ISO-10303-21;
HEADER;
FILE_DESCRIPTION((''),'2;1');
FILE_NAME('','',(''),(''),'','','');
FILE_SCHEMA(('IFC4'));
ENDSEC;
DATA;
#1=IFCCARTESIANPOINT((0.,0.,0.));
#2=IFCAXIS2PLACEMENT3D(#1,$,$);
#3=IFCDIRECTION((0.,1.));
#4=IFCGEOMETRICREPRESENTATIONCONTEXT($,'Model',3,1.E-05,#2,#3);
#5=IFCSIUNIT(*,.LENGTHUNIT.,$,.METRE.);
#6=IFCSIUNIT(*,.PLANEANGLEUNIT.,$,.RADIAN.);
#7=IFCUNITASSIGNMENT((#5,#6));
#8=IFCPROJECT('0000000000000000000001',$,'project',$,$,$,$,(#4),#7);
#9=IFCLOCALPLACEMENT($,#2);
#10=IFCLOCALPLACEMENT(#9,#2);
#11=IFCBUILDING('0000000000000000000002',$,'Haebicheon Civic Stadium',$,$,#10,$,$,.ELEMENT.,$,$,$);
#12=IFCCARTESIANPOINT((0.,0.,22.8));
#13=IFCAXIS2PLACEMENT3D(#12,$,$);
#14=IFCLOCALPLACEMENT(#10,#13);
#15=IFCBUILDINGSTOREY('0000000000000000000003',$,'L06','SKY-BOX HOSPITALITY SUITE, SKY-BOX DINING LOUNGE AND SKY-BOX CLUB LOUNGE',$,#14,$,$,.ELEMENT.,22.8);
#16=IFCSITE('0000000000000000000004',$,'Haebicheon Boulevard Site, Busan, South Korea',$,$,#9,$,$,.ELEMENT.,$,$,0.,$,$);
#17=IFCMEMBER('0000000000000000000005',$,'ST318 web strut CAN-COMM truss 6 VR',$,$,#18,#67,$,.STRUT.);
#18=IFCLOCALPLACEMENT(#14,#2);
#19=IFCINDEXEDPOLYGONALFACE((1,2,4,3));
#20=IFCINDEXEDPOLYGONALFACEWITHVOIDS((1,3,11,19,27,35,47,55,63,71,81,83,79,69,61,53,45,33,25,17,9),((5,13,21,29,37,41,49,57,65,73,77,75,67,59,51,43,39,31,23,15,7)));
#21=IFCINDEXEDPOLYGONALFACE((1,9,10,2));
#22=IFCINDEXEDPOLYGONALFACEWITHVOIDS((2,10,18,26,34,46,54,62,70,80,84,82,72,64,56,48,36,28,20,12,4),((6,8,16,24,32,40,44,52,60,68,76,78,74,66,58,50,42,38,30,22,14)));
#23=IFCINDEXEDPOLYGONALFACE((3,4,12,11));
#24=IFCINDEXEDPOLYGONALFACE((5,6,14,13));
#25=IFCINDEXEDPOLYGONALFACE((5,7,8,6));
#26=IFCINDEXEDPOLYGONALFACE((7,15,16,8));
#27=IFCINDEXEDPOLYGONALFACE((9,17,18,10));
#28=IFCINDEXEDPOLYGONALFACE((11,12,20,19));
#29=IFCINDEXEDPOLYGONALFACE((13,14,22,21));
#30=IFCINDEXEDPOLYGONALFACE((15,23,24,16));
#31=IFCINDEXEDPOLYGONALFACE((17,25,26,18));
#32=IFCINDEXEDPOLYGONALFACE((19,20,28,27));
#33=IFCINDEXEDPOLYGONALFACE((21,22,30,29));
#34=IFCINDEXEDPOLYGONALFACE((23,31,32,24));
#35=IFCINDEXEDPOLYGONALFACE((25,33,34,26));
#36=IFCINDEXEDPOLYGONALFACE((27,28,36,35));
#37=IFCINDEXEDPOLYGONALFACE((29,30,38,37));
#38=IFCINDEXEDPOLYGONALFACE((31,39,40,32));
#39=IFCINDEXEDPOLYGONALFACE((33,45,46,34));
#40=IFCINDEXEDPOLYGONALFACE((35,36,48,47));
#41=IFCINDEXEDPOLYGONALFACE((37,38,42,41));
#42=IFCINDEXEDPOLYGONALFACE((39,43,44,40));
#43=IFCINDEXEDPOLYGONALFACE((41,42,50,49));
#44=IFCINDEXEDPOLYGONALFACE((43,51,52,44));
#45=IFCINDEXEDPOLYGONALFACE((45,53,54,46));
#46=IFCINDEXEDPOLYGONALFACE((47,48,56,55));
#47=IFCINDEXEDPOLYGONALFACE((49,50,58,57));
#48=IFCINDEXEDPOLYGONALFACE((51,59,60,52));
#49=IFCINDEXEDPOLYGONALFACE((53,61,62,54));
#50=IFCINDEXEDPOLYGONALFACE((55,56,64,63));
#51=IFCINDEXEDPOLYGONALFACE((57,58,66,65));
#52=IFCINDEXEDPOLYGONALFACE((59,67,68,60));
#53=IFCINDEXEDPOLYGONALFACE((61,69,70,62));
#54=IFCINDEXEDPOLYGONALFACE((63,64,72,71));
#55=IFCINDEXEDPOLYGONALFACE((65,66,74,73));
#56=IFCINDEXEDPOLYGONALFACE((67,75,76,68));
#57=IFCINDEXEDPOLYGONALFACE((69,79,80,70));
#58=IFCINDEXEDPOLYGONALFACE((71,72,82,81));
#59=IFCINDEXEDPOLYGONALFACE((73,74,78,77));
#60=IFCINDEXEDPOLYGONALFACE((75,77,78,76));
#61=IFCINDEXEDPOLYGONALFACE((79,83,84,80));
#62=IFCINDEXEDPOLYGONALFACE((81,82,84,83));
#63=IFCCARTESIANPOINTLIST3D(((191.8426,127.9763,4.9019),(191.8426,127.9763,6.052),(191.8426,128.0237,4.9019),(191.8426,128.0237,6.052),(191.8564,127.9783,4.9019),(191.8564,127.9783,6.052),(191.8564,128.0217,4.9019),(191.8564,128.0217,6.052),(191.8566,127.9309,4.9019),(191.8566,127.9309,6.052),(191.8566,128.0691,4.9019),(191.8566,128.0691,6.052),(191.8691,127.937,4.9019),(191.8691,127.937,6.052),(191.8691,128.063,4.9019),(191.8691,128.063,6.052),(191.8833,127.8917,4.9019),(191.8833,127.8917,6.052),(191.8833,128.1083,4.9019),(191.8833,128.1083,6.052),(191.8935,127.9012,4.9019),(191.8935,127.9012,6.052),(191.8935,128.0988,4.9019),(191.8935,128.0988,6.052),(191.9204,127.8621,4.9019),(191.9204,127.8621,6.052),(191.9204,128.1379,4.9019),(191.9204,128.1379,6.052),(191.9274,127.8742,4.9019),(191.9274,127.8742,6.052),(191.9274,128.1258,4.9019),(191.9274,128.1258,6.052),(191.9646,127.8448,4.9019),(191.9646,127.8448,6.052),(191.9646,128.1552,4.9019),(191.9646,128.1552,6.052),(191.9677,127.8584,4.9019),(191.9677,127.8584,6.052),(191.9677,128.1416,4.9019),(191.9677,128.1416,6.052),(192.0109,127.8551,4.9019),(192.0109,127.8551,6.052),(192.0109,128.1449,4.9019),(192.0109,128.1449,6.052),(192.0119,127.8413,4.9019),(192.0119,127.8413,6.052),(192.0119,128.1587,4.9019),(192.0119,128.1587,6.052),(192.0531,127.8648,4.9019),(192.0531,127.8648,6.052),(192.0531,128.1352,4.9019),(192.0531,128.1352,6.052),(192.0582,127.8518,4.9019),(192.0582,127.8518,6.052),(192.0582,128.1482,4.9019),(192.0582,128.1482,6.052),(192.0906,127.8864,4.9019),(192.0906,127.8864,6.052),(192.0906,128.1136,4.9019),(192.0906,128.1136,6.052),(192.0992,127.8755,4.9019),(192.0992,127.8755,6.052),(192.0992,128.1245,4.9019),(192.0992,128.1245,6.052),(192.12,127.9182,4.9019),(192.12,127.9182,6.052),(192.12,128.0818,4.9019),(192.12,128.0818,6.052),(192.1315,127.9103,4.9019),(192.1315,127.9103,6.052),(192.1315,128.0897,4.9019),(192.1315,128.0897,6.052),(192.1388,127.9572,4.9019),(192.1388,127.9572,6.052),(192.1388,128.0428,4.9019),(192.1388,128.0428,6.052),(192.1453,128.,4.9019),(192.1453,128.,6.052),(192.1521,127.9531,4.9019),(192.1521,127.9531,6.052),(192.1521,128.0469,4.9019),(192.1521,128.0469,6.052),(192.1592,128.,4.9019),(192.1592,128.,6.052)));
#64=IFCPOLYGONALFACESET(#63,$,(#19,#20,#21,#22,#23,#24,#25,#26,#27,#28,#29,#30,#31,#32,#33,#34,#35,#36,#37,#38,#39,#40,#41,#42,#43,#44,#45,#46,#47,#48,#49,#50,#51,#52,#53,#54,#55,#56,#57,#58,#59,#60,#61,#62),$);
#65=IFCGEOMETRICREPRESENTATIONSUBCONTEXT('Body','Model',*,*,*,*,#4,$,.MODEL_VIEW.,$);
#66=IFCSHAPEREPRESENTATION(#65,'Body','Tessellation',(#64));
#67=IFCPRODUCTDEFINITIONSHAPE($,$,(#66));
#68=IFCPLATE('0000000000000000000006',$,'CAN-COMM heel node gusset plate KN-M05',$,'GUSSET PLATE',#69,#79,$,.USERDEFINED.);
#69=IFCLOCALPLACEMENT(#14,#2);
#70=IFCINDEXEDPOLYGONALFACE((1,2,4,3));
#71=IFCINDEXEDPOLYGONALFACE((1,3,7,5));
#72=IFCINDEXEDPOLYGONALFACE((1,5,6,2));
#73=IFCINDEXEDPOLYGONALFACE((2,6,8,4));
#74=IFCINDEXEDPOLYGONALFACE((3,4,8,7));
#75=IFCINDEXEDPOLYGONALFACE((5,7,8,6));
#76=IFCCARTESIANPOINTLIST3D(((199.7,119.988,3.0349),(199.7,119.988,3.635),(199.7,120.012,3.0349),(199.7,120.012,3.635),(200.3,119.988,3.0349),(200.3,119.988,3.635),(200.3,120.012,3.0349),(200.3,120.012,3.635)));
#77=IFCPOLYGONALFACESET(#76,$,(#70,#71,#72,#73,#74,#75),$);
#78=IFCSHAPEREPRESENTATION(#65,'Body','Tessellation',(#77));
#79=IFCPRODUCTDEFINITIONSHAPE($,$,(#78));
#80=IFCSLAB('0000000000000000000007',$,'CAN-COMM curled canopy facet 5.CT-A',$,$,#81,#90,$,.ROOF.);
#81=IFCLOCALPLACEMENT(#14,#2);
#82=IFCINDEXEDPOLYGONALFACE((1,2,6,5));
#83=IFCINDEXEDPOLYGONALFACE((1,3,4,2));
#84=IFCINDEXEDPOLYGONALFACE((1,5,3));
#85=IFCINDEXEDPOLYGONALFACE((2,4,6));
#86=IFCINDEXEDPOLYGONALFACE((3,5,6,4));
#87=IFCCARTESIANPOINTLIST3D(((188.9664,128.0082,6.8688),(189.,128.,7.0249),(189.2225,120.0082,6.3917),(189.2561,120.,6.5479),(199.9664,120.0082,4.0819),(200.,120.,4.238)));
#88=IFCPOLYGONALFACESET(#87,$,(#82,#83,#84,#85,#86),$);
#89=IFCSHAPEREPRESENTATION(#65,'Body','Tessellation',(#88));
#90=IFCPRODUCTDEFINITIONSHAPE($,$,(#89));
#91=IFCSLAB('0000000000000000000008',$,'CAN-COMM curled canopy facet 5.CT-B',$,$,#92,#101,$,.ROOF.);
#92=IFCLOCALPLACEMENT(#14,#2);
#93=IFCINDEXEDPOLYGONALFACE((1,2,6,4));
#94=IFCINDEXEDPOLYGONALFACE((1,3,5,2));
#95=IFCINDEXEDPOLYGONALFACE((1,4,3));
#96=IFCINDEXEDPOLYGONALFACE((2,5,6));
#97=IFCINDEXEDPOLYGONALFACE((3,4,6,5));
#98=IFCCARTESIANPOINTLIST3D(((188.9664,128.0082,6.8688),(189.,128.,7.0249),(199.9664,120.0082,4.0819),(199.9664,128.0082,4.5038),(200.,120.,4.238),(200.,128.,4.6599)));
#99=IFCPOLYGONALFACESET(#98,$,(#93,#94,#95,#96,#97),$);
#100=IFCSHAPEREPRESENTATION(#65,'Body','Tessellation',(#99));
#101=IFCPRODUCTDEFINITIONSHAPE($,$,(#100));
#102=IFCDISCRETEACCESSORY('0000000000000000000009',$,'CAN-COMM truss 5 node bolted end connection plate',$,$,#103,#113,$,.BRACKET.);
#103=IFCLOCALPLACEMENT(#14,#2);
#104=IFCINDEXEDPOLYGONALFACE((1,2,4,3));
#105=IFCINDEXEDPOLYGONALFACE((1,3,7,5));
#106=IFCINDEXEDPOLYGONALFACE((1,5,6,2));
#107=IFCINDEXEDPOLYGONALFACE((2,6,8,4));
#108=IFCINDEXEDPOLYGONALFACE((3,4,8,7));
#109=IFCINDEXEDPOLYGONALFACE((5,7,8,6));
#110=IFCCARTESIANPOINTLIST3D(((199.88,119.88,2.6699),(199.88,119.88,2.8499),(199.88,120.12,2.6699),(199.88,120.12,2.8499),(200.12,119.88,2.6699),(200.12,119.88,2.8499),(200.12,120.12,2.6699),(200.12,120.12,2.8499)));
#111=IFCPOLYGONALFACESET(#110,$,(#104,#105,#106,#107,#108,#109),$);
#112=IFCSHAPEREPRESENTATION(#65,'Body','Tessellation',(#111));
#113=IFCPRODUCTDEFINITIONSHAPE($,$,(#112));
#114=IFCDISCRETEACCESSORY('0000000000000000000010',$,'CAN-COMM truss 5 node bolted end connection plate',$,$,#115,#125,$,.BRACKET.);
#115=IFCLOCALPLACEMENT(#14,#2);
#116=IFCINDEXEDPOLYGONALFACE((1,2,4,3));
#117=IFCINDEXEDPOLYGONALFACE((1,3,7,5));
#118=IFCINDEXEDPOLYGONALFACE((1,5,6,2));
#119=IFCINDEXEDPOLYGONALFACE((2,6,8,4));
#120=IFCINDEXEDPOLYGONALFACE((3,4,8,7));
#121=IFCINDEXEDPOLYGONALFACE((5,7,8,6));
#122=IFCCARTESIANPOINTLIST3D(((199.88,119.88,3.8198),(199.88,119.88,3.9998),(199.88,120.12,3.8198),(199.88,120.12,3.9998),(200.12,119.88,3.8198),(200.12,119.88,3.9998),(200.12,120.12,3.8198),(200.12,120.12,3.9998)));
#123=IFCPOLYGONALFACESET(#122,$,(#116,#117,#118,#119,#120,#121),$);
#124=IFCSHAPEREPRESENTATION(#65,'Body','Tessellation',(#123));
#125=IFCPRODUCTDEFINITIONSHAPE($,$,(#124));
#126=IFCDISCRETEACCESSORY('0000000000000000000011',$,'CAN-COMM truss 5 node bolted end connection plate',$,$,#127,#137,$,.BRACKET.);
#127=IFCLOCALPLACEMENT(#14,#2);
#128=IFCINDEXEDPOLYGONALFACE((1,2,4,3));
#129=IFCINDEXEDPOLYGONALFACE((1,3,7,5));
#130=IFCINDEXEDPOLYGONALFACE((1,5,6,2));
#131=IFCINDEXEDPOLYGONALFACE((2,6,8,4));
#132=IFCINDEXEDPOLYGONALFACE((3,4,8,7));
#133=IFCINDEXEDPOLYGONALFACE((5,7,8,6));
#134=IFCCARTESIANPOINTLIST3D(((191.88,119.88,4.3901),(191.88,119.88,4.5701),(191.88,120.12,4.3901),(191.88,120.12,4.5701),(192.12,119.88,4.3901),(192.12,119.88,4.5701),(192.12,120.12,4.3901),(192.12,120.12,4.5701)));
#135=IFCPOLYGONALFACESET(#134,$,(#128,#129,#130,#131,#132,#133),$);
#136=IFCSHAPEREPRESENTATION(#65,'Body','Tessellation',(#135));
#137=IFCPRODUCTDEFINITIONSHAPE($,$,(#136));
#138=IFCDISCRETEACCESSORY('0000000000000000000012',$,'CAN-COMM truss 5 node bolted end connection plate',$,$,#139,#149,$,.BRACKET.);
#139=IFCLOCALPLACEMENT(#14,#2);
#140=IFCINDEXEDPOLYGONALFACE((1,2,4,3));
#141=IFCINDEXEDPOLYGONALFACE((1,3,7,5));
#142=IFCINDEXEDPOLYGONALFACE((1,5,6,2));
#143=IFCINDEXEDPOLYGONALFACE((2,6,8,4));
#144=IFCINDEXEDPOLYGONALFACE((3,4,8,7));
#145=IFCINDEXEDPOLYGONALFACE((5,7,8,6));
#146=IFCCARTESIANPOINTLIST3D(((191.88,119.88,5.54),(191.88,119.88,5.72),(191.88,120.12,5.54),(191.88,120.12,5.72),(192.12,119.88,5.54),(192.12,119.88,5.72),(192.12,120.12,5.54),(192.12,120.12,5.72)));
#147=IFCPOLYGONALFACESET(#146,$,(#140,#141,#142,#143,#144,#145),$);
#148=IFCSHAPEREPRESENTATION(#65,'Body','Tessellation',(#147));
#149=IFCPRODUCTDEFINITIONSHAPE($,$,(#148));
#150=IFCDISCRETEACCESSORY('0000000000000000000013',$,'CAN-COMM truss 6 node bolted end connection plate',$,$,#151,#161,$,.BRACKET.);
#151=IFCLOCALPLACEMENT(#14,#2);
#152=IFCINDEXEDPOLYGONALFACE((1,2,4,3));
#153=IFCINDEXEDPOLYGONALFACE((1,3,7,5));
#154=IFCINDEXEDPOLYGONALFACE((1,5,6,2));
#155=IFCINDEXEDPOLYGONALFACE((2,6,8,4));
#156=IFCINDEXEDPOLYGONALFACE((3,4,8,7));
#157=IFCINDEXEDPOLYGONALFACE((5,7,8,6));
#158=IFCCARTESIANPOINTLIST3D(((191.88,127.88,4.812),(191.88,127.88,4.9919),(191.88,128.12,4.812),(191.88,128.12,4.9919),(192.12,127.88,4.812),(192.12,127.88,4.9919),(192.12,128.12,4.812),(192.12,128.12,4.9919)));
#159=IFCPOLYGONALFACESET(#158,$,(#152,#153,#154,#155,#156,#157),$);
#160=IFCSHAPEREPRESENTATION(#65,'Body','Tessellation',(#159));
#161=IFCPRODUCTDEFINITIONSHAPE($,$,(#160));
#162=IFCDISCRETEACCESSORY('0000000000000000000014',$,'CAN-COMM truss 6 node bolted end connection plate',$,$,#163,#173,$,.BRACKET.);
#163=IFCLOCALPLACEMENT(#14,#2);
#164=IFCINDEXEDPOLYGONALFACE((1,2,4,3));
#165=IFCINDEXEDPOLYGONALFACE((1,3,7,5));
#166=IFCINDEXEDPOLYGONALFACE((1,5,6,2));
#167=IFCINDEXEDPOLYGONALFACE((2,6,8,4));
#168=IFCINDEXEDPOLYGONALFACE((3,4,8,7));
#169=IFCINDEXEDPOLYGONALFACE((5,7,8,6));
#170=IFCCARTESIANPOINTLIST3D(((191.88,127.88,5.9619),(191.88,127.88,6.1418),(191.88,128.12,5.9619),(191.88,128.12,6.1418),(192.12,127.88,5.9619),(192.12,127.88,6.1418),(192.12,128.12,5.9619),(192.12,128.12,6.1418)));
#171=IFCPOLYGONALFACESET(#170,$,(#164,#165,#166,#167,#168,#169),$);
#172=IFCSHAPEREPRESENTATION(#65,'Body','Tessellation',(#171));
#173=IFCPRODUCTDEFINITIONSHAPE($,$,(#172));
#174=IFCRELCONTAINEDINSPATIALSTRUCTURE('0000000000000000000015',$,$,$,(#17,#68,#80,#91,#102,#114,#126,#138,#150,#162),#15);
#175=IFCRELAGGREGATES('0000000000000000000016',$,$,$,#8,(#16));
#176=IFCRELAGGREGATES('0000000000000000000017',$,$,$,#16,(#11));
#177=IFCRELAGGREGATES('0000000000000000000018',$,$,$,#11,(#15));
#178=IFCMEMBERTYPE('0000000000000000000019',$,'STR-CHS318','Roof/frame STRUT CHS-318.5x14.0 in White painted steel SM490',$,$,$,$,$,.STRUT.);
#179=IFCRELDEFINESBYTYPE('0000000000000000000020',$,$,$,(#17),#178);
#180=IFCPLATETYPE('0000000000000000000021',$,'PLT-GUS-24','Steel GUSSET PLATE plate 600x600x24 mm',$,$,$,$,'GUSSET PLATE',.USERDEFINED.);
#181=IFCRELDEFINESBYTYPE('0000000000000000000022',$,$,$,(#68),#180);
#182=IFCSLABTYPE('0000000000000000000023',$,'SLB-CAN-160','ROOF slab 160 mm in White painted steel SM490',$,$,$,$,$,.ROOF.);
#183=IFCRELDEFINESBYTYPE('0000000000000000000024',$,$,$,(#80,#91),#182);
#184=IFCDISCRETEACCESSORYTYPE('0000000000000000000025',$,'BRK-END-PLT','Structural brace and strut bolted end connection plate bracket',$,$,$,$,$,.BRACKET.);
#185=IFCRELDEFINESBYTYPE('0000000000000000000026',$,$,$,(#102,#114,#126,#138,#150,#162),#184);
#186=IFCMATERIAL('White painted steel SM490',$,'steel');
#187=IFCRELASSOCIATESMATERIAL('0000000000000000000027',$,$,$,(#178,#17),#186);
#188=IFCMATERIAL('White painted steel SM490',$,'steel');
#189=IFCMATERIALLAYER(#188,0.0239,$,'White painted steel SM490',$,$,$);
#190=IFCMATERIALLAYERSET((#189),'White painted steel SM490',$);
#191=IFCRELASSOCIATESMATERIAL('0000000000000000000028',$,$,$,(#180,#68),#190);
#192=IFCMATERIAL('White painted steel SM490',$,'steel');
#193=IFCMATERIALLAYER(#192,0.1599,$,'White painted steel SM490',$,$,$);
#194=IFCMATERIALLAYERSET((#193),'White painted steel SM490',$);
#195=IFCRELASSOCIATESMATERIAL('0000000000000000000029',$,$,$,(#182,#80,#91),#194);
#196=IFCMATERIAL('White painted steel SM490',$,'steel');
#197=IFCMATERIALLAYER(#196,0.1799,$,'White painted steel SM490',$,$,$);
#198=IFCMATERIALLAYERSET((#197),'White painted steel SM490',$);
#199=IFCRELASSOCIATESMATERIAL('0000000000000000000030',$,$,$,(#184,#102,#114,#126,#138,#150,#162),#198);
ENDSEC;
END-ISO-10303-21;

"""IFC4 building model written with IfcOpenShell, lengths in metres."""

from ifc_helpers import new_model, si_unit, direction, frame, origin, origin_2d, place, context, subcontext, project, spatial, polyline, rectangle, hollow_circle, outline, extrude, material, layer, layer_set, material_profile, profile_set, type_object, element, save


model = new_model("IFC4")

# Units and contexts
model_context = context("Model", 3, precision=1e-05, world=origin(), true_north=direction((0.0, 1.0)))
body_context = subcontext(model_context, "Body", "Model", "MODEL_VIEW")
ifc_project = project(units=[si_unit("LENGTHUNIT", "METRE"), si_unit("PLANEANGLEUNIT", "RADIAN")], contexts=[model_context])

# Site, building, storey
site_placement = place(None, origin())
site = spatial("IfcSite", under=ifc_project, at=site_placement, Name="Haebicheon Boulevard Site, Busan, South Korea", CompositionType="ELEMENT", RefElevation=0.0)
building_placement = place(site_placement, origin())
building = spatial("IfcBuilding", under=site, at=building_placement, Name="Haebicheon Civic Stadium", CompositionType="ELEMENT")
storey_placement = place(building_placement, frame((0.0, 0.0, 22.8)))
storey = spatial("IfcBuildingStorey", under=building, at=storey_placement, Name="L06", Description="SKY-BOX HOSPITALITY SUITE, SKY-BOX DINING LOUNGE AND SKY-BOX CLUB LOUNGE", CompositionType="ELEMENT", Elevation=22.8)

# Member
ifc_material_1 = material(Name="White painted steel SM490", Category="steel")
ifc_material_profile_1 = material_profile(ifc_material_1, hollow_circle(Radius=0.1592, WallThickness=0.0139, at=origin_2d()), Name="CHS-318.5x14.0")
ifc_profile_set_1 = profile_set([ifc_material_profile_1], Name="White painted steel SM490")
member_type_1 = type_object("IfcMemberType", Name="STR-CHS318", Description="Roof/frame STRUT CHS-318.5x14.0 in White painted steel SM490", PredefinedType="STRUT", material=ifc_profile_set_1)
member_1_placement = place(storey_placement, frame((192.0, 128.0, 4.9019), z_axis=(0.0, 0.0, 1.0), x_axis=(1.0, 0.0, 0.0)))
element("IfcMember", 1, at=member_1_placement, inside=storey, type_object=member_type_1, material=ifc_profile_set_1, Name="ST318 web strut CAN-COMM truss 6 VR", PredefinedType="STRUT", context=body_context, shape_type="SweptSolid", body=[
    extrude(hollow_circle(Radius=0.1592, WallThickness=0.0139, at=origin_2d()), origin(), (0.0, 0.0, 1.0), 1.1501),
])

# Plate
ifc_material_2 = material(Name="White painted steel SM490", Category="steel")
ifc_layer_1 = layer(ifc_material_2, 0.0239, Name="White painted steel SM490")
ifc_layer_set_1 = layer_set([ifc_layer_1], Name="White painted steel SM490")
plate_type = type_object("IfcPlateType", Name="PLT-GUS-24", Description="Steel GUSSET PLATE plate 600x600x24 mm", ElementType="GUSSET PLATE", PredefinedType="USERDEFINED", material=ifc_layer_set_1)
plate_placement = place(storey_placement, frame((200.0, 120.0, 3.0349), z_axis=(0.0, 0.0, 1.0), x_axis=(1.0, 0.0, 0.0)))
element("IfcPlate", 2, at=plate_placement, inside=storey, type_object=plate_type, material=ifc_layer_set_1, Name="CAN-COMM heel node gusset plate KN-M05", ObjectType="GUSSET PLATE", PredefinedType="USERDEFINED", context=body_context, shape_type="SweptSolid", body=[
    extrude(rectangle(XDim=0.6001, YDim=0.0239, at=origin_2d()), origin(), (0.0, 0.0, 1.0), 0.6001),
])

# Slabs
ifc_material_3 = material(Name="White painted steel SM490", Category="steel")
ifc_layer_2 = layer(ifc_material_3, 0.1599, Name="White painted steel SM490")
ifc_layer_set_2 = layer_set([ifc_layer_2], Name="White painted steel SM490")
slab_type = type_object("IfcSlabType", Name="SLB-CAN-160", Description="ROOF slab 160 mm in White painted steel SM490", PredefinedType="ROOF", material=ifc_layer_set_2)
slab_1_placement = place(storey_placement, frame((200.0, 120.0, 4.238), z_axis=(0.209907, -0.051502, 0.976364), x_axis=(-0.977661, 0.0, 0.210186)))
element("IfcSlab", 3, at=slab_1_placement, inside=storey, type_object=slab_type, material=ifc_layer_set_2, Name="CAN-COMM curled canopy facet 5.CT-A", PredefinedType="ROOF", context=body_context, shape_type="SweptSolid", body=[
    extrude(outline(polyline([(0.0, 0.0), (10.9894, 0.0), (11.34, -8.0106), (0.0, 0.0)])), origin(), (0.0, 0.0, -1.0), 0.1599),
])
slab_2_placement = place(storey_placement, frame((200.0, 120.0, 4.238), z_axis=(0.209917, -0.051488, 0.976363), x_axis=(-0.792276, 0.576201, 0.200724)))
element("IfcSlab", 4, at=slab_2_placement, inside=storey, type_object=slab_type, material=ifc_layer_set_2, Name="CAN-COMM curled canopy facet 5.CT-B", PredefinedType="ROOF", context=body_context, shape_type="SweptSolid", body=[
    extrude(outline(polyline([(0.0, 0.0), (13.884, 0.0), (4.6943, -6.4917), (0.0, 0.0)])), origin(), (0.0, 0.0, -1.0), 0.1599),
])

# Discrete accessories
ifc_material_4 = material(Name="White painted steel SM490", Category="steel")
ifc_layer_3 = layer(ifc_material_4, 0.1799, Name="White painted steel SM490")
ifc_layer_set_3 = layer_set([ifc_layer_3], Name="White painted steel SM490")
discrete_accessory_type = type_object("IfcDiscreteAccessoryType", Name="BRK-END-PLT", Description="Structural brace and strut bolted end connection plate bracket", PredefinedType="BRACKET", material=ifc_layer_set_3)
for number, where, z_axis, x_axis, name in (
    (5, (200.0, 120.0, 2.6699), (0.0, 0.0, 1.0), (1.0, 0.0, 0.0), "CAN-COMM truss 5 node bolted end connection plate"),
    (6, (200.0, 120.0, 3.8198), (0.0, 0.0, 1.0), (1.0, 0.0, 0.0), "CAN-COMM truss 5 node bolted end connection plate"),
    (7, (192.0, 120.0, 4.3901), (0.0, 0.0, 1.0), (1.0, 0.0, 0.0), "CAN-COMM truss 5 node bolted end connection plate"),
    (8, (192.0, 120.0, 5.54), (0.0, 0.0, 1.0), (1.0, 0.0, 0.0), "CAN-COMM truss 5 node bolted end connection plate"),
    (9, (192.0, 128.0, 4.812), (0.0, 0.0, 1.0), (1.0, 0.0, 0.0), "CAN-COMM truss 6 node bolted end connection plate"),
    (10, (192.0, 128.0, 5.9619), (0.0, 0.0, 1.0), (1.0, 0.0, 0.0), "CAN-COMM truss 6 node bolted end connection plate"),
):
    element("IfcDiscreteAccessory", number, at=place(storey_placement, frame(where, z_axis=z_axis, x_axis=x_axis)), inside=storey, type_object=discrete_accessory_type, material=ifc_layer_set_3, Name=name, PredefinedType="BRACKET", context=body_context, shape_type="SweptSolid", body=[
        extrude(rectangle(XDim=0.24, YDim=0.24, at=origin_2d()), origin(), (0.0, 0.0, 1.0), 0.1799),
    ])

save(model, "model.ifc")
